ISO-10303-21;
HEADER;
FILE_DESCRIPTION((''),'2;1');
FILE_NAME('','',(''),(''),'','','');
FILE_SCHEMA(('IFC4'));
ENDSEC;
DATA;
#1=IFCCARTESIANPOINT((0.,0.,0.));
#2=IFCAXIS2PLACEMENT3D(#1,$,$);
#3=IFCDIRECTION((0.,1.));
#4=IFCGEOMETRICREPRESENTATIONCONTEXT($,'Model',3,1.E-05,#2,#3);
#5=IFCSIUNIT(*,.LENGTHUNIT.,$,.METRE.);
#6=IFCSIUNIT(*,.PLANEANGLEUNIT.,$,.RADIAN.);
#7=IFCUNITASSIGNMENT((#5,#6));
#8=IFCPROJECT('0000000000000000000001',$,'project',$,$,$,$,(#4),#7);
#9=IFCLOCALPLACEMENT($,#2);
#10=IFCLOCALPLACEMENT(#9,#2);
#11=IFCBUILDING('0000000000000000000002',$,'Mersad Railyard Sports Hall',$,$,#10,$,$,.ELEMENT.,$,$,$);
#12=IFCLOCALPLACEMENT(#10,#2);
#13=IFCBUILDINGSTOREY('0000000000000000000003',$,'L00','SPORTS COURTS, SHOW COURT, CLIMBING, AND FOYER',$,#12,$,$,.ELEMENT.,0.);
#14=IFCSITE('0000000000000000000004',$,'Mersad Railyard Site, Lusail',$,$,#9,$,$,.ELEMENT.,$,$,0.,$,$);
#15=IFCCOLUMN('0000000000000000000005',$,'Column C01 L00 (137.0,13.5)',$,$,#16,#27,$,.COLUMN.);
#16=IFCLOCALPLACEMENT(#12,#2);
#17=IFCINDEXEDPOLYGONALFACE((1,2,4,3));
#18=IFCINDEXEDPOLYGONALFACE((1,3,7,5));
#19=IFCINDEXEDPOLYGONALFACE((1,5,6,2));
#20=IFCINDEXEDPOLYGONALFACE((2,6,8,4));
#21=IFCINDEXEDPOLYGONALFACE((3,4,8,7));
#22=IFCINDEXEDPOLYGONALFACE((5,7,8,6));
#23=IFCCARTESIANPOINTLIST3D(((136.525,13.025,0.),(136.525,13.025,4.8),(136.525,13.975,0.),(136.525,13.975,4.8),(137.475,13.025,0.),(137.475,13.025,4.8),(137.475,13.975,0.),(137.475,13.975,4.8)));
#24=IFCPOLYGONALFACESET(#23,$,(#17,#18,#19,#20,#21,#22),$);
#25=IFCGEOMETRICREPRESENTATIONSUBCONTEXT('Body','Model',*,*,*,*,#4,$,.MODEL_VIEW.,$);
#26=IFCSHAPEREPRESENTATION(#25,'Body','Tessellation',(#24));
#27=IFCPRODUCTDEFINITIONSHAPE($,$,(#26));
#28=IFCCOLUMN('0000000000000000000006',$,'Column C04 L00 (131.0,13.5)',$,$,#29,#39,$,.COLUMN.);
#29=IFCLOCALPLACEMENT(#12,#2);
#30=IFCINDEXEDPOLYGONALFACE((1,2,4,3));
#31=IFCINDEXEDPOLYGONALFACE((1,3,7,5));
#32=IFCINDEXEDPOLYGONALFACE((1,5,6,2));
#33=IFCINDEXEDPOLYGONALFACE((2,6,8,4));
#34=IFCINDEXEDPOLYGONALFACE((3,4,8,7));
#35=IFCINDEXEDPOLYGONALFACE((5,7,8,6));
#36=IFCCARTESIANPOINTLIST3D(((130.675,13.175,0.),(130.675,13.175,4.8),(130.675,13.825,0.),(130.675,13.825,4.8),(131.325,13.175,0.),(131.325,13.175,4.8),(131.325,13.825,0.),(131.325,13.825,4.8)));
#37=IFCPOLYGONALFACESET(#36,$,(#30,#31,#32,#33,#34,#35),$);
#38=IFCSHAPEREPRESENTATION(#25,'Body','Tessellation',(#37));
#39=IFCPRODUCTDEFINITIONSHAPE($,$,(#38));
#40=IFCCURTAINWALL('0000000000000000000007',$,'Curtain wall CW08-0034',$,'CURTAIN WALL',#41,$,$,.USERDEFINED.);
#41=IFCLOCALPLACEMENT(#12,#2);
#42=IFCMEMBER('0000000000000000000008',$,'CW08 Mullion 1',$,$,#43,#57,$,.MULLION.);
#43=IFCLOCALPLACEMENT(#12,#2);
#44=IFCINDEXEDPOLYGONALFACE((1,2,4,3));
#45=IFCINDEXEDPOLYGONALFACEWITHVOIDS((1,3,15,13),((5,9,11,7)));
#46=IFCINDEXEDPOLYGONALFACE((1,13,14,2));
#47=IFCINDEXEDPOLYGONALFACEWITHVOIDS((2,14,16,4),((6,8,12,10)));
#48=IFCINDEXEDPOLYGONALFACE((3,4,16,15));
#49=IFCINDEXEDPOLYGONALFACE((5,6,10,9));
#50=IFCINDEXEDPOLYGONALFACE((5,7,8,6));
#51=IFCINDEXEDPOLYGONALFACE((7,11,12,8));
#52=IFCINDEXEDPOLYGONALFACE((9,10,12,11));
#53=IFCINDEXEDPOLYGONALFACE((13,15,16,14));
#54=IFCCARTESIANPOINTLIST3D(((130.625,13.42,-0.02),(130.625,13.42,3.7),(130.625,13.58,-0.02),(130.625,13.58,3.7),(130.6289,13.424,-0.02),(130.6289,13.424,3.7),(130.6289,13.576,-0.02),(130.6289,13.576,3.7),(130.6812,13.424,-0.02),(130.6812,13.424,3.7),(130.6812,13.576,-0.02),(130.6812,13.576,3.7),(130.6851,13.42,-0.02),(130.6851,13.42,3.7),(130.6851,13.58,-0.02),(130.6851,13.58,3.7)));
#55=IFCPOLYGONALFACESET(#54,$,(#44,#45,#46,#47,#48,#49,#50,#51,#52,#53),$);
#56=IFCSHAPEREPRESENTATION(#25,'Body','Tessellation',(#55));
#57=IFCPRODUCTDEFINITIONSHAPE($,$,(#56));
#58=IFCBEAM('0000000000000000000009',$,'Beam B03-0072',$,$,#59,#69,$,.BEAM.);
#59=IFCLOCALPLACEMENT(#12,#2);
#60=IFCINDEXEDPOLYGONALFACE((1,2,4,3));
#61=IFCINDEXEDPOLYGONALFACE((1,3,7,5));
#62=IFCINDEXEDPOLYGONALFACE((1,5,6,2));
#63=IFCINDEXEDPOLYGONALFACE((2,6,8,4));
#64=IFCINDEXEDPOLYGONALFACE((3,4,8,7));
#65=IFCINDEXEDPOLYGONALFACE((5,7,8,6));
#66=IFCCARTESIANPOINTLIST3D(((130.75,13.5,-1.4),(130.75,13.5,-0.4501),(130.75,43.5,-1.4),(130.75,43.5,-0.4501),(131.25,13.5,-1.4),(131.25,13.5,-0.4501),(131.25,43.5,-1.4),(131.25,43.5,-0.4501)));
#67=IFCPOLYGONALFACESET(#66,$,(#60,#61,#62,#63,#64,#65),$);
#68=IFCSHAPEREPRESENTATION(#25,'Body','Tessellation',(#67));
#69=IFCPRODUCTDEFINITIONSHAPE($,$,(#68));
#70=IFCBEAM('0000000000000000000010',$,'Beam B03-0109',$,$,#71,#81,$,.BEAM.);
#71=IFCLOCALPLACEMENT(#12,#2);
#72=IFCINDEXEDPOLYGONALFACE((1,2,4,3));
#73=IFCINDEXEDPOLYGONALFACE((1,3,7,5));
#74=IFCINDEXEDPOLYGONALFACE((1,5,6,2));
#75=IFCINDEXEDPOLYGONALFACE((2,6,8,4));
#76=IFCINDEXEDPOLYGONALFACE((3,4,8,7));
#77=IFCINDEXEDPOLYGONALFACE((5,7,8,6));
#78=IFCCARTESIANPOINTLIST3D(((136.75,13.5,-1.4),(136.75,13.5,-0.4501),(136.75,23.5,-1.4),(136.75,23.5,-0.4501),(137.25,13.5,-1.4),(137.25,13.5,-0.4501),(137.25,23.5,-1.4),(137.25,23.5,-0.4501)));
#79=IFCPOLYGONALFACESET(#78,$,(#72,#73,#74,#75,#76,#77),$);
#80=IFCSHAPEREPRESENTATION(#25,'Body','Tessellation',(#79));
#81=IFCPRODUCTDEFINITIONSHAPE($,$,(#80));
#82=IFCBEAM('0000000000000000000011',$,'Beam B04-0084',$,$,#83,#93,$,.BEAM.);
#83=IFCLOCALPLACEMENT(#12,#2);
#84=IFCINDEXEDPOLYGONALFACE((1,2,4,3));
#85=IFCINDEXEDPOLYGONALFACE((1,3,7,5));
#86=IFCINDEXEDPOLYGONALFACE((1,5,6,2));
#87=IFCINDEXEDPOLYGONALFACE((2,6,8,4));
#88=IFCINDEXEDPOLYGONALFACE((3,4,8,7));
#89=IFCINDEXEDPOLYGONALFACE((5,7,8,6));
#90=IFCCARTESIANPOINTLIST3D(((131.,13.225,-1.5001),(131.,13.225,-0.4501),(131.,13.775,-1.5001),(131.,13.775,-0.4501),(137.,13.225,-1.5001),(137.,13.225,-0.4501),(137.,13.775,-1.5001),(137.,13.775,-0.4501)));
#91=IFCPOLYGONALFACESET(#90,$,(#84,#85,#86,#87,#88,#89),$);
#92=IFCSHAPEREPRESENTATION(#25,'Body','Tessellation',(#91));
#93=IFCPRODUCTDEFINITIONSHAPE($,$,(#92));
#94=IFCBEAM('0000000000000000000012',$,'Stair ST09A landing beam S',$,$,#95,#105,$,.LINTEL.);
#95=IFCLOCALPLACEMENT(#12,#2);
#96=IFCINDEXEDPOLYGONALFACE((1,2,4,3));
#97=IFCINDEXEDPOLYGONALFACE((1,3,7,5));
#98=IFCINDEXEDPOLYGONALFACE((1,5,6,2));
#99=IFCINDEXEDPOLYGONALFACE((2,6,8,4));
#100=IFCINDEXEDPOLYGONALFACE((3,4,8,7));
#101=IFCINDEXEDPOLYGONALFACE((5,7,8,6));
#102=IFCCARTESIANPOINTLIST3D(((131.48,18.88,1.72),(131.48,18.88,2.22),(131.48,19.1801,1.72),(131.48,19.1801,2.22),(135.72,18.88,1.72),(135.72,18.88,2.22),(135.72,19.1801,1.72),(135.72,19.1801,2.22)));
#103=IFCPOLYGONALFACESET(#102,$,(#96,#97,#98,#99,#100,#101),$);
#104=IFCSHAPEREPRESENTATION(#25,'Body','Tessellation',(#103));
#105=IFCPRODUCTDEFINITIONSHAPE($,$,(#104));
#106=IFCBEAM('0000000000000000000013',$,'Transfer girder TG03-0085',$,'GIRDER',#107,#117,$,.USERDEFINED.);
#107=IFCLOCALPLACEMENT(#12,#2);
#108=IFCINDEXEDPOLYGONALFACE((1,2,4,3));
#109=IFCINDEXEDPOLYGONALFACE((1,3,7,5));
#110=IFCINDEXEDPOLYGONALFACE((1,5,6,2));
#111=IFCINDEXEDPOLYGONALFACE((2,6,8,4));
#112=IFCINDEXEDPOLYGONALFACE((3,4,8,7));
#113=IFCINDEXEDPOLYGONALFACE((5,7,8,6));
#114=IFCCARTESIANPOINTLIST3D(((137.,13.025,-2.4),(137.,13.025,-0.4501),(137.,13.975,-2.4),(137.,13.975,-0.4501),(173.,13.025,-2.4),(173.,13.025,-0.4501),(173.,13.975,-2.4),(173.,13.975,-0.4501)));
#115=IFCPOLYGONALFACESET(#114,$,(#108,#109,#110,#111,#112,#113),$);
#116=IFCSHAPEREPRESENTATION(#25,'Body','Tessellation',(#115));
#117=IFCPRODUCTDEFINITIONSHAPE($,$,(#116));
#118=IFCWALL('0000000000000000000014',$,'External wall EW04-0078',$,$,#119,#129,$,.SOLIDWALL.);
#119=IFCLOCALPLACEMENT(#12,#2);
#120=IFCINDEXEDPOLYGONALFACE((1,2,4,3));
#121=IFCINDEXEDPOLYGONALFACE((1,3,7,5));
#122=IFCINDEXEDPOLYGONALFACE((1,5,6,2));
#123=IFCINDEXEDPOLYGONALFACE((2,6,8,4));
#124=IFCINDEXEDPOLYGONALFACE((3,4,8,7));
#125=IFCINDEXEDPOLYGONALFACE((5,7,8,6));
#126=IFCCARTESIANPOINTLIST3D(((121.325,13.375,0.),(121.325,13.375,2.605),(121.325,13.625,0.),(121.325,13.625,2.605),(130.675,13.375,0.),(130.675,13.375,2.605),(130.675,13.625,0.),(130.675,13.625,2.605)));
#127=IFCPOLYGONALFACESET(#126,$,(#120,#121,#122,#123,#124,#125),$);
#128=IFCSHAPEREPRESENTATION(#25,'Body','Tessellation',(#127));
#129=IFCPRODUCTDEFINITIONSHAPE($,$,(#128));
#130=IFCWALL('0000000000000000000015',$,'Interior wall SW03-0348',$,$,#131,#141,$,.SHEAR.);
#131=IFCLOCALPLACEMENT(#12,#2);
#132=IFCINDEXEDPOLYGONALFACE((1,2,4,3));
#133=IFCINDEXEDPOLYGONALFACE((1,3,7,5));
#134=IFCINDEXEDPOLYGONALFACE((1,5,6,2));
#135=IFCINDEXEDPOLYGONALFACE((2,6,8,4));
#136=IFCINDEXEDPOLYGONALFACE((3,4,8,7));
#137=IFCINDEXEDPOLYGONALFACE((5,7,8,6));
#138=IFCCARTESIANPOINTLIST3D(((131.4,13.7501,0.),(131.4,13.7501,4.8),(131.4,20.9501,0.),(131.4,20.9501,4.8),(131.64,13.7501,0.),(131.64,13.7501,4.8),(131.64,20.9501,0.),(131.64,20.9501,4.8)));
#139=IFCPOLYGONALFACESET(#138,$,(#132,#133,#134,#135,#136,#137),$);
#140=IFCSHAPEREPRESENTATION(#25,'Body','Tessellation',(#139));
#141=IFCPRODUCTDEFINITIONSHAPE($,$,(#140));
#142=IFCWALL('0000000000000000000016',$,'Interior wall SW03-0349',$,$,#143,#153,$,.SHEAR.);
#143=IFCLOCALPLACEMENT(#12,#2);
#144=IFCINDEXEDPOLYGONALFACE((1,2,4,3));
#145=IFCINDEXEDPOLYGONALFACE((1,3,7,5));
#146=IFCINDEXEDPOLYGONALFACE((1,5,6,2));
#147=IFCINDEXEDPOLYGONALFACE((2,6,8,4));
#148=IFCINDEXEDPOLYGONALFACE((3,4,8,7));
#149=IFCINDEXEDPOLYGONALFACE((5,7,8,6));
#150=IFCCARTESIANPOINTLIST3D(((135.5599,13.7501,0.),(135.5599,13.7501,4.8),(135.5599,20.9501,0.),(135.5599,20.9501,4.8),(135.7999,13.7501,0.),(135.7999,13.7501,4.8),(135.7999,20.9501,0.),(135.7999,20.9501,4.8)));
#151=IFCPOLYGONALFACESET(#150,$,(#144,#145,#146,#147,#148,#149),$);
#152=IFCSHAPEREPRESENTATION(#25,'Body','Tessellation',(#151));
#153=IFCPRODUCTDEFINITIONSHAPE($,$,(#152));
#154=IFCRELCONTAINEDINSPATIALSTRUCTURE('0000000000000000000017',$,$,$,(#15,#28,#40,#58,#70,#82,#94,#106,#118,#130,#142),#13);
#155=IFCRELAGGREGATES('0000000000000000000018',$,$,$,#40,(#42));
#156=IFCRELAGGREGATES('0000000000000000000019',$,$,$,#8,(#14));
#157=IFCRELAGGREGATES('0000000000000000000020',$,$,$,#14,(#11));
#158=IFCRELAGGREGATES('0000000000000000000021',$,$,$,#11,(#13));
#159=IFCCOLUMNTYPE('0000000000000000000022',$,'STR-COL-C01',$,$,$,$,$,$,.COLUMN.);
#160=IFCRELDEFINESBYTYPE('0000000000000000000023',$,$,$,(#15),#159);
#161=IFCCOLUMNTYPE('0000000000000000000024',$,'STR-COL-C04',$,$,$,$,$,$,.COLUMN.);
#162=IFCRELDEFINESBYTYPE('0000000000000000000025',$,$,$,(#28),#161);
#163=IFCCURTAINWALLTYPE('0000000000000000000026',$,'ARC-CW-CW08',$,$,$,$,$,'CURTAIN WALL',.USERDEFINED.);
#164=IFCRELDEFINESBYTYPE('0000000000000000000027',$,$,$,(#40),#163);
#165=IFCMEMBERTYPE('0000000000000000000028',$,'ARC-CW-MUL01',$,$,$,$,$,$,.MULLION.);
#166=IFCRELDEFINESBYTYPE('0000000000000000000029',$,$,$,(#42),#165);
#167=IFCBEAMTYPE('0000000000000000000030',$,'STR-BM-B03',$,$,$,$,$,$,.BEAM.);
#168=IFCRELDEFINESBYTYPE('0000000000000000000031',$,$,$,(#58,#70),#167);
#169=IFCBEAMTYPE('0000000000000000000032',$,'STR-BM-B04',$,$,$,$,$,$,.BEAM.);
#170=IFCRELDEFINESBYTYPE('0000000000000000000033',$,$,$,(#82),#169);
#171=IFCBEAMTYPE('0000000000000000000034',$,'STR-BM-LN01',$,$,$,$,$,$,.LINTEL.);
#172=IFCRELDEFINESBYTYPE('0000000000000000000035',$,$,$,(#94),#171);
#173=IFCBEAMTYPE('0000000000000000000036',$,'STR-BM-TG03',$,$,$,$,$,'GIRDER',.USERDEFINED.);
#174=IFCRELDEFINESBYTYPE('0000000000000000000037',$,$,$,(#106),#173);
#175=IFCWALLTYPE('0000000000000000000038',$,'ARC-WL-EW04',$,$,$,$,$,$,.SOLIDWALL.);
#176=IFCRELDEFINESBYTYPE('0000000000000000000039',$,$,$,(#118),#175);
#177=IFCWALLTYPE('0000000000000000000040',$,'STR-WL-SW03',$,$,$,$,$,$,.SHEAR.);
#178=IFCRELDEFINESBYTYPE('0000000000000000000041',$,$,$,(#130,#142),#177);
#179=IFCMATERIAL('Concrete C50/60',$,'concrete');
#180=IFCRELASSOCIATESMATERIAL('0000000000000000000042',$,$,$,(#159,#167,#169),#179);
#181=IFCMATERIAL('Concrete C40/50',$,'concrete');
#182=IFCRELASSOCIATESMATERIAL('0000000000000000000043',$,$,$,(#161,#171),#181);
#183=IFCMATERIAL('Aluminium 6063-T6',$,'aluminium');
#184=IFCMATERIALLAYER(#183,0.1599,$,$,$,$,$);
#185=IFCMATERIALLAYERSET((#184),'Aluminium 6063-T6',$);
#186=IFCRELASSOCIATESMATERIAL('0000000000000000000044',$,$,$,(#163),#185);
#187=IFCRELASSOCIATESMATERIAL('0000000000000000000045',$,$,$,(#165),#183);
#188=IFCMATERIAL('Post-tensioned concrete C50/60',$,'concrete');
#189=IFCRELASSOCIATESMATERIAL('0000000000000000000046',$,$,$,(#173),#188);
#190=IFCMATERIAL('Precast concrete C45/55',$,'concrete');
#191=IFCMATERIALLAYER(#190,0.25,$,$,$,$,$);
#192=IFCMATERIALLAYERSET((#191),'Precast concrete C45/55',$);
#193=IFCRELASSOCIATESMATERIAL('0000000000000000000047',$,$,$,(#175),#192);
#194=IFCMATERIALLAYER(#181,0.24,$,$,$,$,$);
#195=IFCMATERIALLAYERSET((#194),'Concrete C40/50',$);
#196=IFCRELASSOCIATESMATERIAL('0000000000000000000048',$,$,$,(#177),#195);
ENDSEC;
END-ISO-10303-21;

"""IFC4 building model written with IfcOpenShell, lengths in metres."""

from ifc_helpers import new_model, si_unit, direction, frame, frame_2d, origin, origin_2d, place, context, subcontext, project, spatial, rectangle, hollow_rectangle, extrude, material, layer, layer_set, material_profile, profile_set, type_object, element, aggregate, save


model = new_model("IFC4")

# Units and contexts
model_context = context("Model", 3, precision=1e-05, world=origin(), true_north=direction((0.0, 1.0)))
body_context = subcontext(model_context, "Body", "Model", "MODEL_VIEW")
ifc_project = project(units=[si_unit("LENGTHUNIT", "METRE"), si_unit("PLANEANGLEUNIT", "RADIAN")], contexts=[model_context])

# Site, building, storey
site_placement = place(None, origin())
site = spatial("IfcSite", under=ifc_project, at=site_placement, Name="Mersad Railyard Site, Lusail", CompositionType="ELEMENT", RefElevation=0.0)
building_placement = place(site_placement, origin())
building = spatial("IfcBuilding", under=site, at=building_placement, Name="Mersad Railyard Sports Hall", CompositionType="ELEMENT")
storey_placement = place(building_placement, origin())
storey = spatial("IfcBuildingStorey", under=building, at=storey_placement, Name="L00", Description="SPORTS COURTS, SHOW COURT, CLIMBING, AND FOYER", CompositionType="ELEMENT", Elevation=0.0)

# Columns
ifc_material_1 = material(Name="Concrete C50/60", Category="concrete")
ifc_material_profile_1 = material_profile(ifc_material_1, rectangle(XDim=0.95, YDim=0.95, at=origin_2d()), Name="RC 950x950")
ifc_profile_set_1 = profile_set([ifc_material_profile_1], Name="Concrete C50/60")
column_type_1 = type_object("IfcColumnType", Name="STR-COL-C01", PredefinedType="COLUMN", material=ifc_profile_set_1)
column_1_placement = place(storey_placement, frame((137.0, 13.5, 0.0), z_axis=(0.0, 0.0, 1.0), x_axis=(1.0, 0.0, 0.0)))
element("IfcColumn", 1, at=column_1_placement, inside=storey, type_object=column_type_1, Name="Column C01 L00 (137.0,13.5)", PredefinedType="COLUMN", context=body_context, shape_type="SweptSolid", body=[
    extrude(rectangle(XDim=0.95, YDim=0.95, at=origin_2d()), origin(), (0.0, 0.0, 1.0), 4.8),
])
ifc_material_2 = material(Name="Concrete C40/50", Category="concrete")
ifc_material_profile_2 = material_profile(ifc_material_2, rectangle(XDim=0.6499, YDim=0.6499, at=origin_2d()), Name="RC 650x650")
ifc_profile_set_2 = profile_set([ifc_material_profile_2], Name="Concrete C40/50")
column_type_2 = type_object("IfcColumnType", Name="STR-COL-C04", PredefinedType="COLUMN", material=ifc_profile_set_2)
column_2_placement = place(storey_placement, frame((131.0, 13.5, 0.0), z_axis=(0.0, 0.0, 1.0), x_axis=(1.0, 0.0, 0.0)))
element("IfcColumn", 2, at=column_2_placement, inside=storey, type_object=column_type_2, Name="Column C04 L00 (131.0,13.5)", PredefinedType="COLUMN", context=body_context, shape_type="SweptSolid", body=[
    extrude(rectangle(XDim=0.6499, YDim=0.6499, at=origin_2d()), origin(), (0.0, 0.0, 1.0), 4.8),
])

# Curtain wall, member
ifc_material_3 = material(Name="Aluminium 6063-T6", Category="aluminium")
ifc_layer_1 = layer(ifc_material_3, 0.1599)
ifc_layer_set_1 = layer_set([ifc_layer_1], Name="Aluminium 6063-T6")
curtain_wall_type = type_object("IfcCurtainWallType", Name="ARC-CW-CW08", ElementType="CURTAIN WALL", PredefinedType="USERDEFINED", material=ifc_layer_set_1)
curtain_wall_placement = place(storey_placement, origin())
curtain_wall = element("IfcCurtainWall", 3, at=curtain_wall_placement, inside=storey, type_object=curtain_wall_type, Name="Curtain wall CW08-0034", ObjectType="CURTAIN WALL", PredefinedType="USERDEFINED")
ifc_material_profile_3 = material_profile(ifc_material_3, hollow_rectangle(XDim=0.0601, YDim=0.1599, WallThickness=0.0039, at=origin_2d()), Name="AL MULLION 60x160x4")
ifc_profile_set_3 = profile_set([ifc_material_profile_3], Name="Aluminium 6063-T6")
member_type = type_object("IfcMemberType", Name="ARC-CW-MUL01", PredefinedType="MULLION", material=ifc_profile_set_3)
member_placement = place(storey_placement, frame((130.655, 13.5, -0.02), z_axis=(0.0, 0.0, 1.0), x_axis=(1.0, 0.0, 0.0)))
member = element("IfcMember", 4, at=member_placement, type_object=member_type, Name="CW08 Mullion 1", PredefinedType="MULLION", context=body_context, shape_type="SweptSolid", body=[
    extrude(hollow_rectangle(XDim=0.0601, YDim=0.1599, WallThickness=0.0039, at=origin_2d()), origin(), (0.0, 0.0, 1.0), 3.72),
])
aggregate(curtain_wall, [member])

# Beams
ifc_material_profile_4 = material_profile(ifc_material_1, rectangle(XDim=0.5, YDim=0.95, at=origin_2d()), Name="RC 500x950")
ifc_profile_set_4 = profile_set([ifc_material_profile_4], Name="Concrete C50/60")
beam_type_1 = type_object("IfcBeamType", Name="STR-BM-B03", PredefinedType="BEAM", material=ifc_profile_set_4)
beam_1_placement = place(storey_placement, frame((131.0, 13.5, -0.925), z_axis=(0.0, 1.0, 0.0), x_axis=(-1.0, 0.0, 0.0)))
element("IfcBeam", 5, at=beam_1_placement, inside=storey, type_object=beam_type_1, Name="Beam B03-0072", PredefinedType="BEAM", context=body_context, shape_type="SweptSolid", body=[
    extrude(rectangle(XDim=0.5, YDim=0.95, at=origin_2d()), origin(), (0.0, 0.0, 1.0), 30.0),
])
beam_2_placement = place(storey_placement, frame((137.0, 13.5, -0.925), z_axis=(0.0, 1.0, 0.0), x_axis=(-1.0, 0.0, 0.0)))
element("IfcBeam", 6, at=beam_2_placement, inside=storey, type_object=beam_type_1, Name="Beam B03-0109", PredefinedType="BEAM", context=body_context, shape_type="SweptSolid", body=[
    extrude(rectangle(XDim=0.5, YDim=0.95, at=origin_2d()), origin(), (0.0, 0.0, 1.0), 10.0),
])
ifc_material_profile_5 = material_profile(ifc_material_1, rectangle(XDim=0.55, YDim=1.05, at=origin_2d()), Name="RC 550x1050")
ifc_profile_set_5 = profile_set([ifc_material_profile_5], Name="Concrete C50/60")
beam_type_2 = type_object("IfcBeamType", Name="STR-BM-B04", PredefinedType="BEAM", material=ifc_profile_set_5)
beam_3_placement = place(storey_placement, frame((131.0, 13.5, -0.9751), z_axis=(1.0, 0.0, 0.0), x_axis=(0.0, 1.0, 0.0)))
element("IfcBeam", 7, at=beam_3_placement, inside=storey, type_object=beam_type_2, Name="Beam B04-0084", PredefinedType="BEAM", context=body_context, shape_type="SweptSolid", body=[
    extrude(rectangle(XDim=0.55, YDim=1.05, at=origin_2d()), origin(), (0.0, 0.0, 1.0), 6.0),
])
ifc_material_profile_6 = material_profile(ifc_material_2, rectangle(XDim=0.3, YDim=0.5, at=origin_2d()), Name="RC 300x500")
ifc_profile_set_6 = profile_set([ifc_material_profile_6], Name="Concrete C40/50")
beam_type_3 = type_object("IfcBeamType", Name="STR-BM-LN01", PredefinedType="LINTEL", material=ifc_profile_set_6)
beam_4_placement = place(storey_placement, frame((131.48, 19.03, 1.97), z_axis=(1.0, 0.0, 0.0), x_axis=(0.0, 1.0, 0.0)))
element("IfcBeam", 8, at=beam_4_placement, inside=storey, type_object=beam_type_3, Name="Stair ST09A landing beam S", PredefinedType="LINTEL", context=body_context, shape_type="SweptSolid", body=[
    extrude(rectangle(XDim=0.3, YDim=0.5, at=origin_2d()), origin(), (0.0, 0.0, 1.0), 4.24),
])
ifc_material_4 = material(Name="Post-tensioned concrete C50/60", Category="concrete")
ifc_material_profile_7 = material_profile(ifc_material_4, rectangle(XDim=0.95, YDim=1.95, at=origin_2d()), Name="PT 950x1950")
ifc_profile_set_7 = profile_set([ifc_material_profile_7], Name="Post-tensioned concrete C50/60")
beam_type_4 = type_object("IfcBeamType", Name="STR-BM-TG03", ElementType="GIRDER", PredefinedType="USERDEFINED", material=ifc_profile_set_7)
beam_5_placement = place(storey_placement, frame((137.0, 13.5, -1.425), z_axis=(1.0, 0.0, 0.0), x_axis=(0.0, 1.0, 0.0)))
element("IfcBeam", 9, at=beam_5_placement, inside=storey, type_object=beam_type_4, Name="Transfer girder TG03-0085", ObjectType="GIRDER", PredefinedType="USERDEFINED", context=body_context, shape_type="SweptSolid", body=[
    extrude(rectangle(XDim=0.95, YDim=1.95, at=origin_2d()), origin(), (0.0, 0.0, 1.0), 36.0),
])

# Walls
ifc_material_5 = material(Name="Precast concrete C45/55", Category="concrete")
ifc_layer_2 = layer(ifc_material_5, 0.25)
ifc_layer_set_2 = layer_set([ifc_layer_2], Name="Precast concrete C45/55")
wall_type_1 = type_object("IfcWallType", Name="ARC-WL-EW04", PredefinedType="SOLIDWALL", material=ifc_layer_set_2)
wall_1_placement = place(storey_placement, frame((130.675, 13.5, 0.0), z_axis=(0.0, 0.0, 1.0), x_axis=(-1.0, 0.0, 0.0)))
element("IfcWall", 10, at=wall_1_placement, inside=storey, type_object=wall_type_1, Name="External wall EW04-0078", PredefinedType="SOLIDWALL", context=body_context, shape_type="SweptSolid", body=[
    extrude(rectangle(XDim=9.3501, YDim=0.25, at=frame_2d((4.675, 0.0))), origin(), (0.0, 0.0, 1.0), 2.605),
])
ifc_layer_3 = layer(ifc_material_2, 0.24)
ifc_layer_set_3 = layer_set([ifc_layer_3], Name="Concrete C40/50")
wall_type_2 = type_object("IfcWallType", Name="STR-WL-SW03", PredefinedType="SHEAR", material=ifc_layer_set_3)
for number, where, z_axis, x_axis, name in (
    (11, (131.52, 13.75, 0.0), (0.0, 0.0, 1.0), (0.0, 1.0, 0.0), "Interior wall SW03-0348"),
    (12, (135.6799, 13.75, 0.0), (0.0, 0.0, 1.0), (0.0, 1.0, 0.0), "Interior wall SW03-0349"),
):
    element("IfcWall", number, at=place(storey_placement, frame(where, z_axis=z_axis, x_axis=x_axis)), inside=storey, type_object=wall_type_2, Name=name, PredefinedType="SHEAR", context=body_context, shape_type="SweptSolid", body=[
        extrude(rectangle(XDim=7.2, YDim=0.24, at=frame_2d((3.6001, 0.0))), origin(), (0.0, 0.0, 1.0), 4.8),
    ])

save(model, "model.ifc")
